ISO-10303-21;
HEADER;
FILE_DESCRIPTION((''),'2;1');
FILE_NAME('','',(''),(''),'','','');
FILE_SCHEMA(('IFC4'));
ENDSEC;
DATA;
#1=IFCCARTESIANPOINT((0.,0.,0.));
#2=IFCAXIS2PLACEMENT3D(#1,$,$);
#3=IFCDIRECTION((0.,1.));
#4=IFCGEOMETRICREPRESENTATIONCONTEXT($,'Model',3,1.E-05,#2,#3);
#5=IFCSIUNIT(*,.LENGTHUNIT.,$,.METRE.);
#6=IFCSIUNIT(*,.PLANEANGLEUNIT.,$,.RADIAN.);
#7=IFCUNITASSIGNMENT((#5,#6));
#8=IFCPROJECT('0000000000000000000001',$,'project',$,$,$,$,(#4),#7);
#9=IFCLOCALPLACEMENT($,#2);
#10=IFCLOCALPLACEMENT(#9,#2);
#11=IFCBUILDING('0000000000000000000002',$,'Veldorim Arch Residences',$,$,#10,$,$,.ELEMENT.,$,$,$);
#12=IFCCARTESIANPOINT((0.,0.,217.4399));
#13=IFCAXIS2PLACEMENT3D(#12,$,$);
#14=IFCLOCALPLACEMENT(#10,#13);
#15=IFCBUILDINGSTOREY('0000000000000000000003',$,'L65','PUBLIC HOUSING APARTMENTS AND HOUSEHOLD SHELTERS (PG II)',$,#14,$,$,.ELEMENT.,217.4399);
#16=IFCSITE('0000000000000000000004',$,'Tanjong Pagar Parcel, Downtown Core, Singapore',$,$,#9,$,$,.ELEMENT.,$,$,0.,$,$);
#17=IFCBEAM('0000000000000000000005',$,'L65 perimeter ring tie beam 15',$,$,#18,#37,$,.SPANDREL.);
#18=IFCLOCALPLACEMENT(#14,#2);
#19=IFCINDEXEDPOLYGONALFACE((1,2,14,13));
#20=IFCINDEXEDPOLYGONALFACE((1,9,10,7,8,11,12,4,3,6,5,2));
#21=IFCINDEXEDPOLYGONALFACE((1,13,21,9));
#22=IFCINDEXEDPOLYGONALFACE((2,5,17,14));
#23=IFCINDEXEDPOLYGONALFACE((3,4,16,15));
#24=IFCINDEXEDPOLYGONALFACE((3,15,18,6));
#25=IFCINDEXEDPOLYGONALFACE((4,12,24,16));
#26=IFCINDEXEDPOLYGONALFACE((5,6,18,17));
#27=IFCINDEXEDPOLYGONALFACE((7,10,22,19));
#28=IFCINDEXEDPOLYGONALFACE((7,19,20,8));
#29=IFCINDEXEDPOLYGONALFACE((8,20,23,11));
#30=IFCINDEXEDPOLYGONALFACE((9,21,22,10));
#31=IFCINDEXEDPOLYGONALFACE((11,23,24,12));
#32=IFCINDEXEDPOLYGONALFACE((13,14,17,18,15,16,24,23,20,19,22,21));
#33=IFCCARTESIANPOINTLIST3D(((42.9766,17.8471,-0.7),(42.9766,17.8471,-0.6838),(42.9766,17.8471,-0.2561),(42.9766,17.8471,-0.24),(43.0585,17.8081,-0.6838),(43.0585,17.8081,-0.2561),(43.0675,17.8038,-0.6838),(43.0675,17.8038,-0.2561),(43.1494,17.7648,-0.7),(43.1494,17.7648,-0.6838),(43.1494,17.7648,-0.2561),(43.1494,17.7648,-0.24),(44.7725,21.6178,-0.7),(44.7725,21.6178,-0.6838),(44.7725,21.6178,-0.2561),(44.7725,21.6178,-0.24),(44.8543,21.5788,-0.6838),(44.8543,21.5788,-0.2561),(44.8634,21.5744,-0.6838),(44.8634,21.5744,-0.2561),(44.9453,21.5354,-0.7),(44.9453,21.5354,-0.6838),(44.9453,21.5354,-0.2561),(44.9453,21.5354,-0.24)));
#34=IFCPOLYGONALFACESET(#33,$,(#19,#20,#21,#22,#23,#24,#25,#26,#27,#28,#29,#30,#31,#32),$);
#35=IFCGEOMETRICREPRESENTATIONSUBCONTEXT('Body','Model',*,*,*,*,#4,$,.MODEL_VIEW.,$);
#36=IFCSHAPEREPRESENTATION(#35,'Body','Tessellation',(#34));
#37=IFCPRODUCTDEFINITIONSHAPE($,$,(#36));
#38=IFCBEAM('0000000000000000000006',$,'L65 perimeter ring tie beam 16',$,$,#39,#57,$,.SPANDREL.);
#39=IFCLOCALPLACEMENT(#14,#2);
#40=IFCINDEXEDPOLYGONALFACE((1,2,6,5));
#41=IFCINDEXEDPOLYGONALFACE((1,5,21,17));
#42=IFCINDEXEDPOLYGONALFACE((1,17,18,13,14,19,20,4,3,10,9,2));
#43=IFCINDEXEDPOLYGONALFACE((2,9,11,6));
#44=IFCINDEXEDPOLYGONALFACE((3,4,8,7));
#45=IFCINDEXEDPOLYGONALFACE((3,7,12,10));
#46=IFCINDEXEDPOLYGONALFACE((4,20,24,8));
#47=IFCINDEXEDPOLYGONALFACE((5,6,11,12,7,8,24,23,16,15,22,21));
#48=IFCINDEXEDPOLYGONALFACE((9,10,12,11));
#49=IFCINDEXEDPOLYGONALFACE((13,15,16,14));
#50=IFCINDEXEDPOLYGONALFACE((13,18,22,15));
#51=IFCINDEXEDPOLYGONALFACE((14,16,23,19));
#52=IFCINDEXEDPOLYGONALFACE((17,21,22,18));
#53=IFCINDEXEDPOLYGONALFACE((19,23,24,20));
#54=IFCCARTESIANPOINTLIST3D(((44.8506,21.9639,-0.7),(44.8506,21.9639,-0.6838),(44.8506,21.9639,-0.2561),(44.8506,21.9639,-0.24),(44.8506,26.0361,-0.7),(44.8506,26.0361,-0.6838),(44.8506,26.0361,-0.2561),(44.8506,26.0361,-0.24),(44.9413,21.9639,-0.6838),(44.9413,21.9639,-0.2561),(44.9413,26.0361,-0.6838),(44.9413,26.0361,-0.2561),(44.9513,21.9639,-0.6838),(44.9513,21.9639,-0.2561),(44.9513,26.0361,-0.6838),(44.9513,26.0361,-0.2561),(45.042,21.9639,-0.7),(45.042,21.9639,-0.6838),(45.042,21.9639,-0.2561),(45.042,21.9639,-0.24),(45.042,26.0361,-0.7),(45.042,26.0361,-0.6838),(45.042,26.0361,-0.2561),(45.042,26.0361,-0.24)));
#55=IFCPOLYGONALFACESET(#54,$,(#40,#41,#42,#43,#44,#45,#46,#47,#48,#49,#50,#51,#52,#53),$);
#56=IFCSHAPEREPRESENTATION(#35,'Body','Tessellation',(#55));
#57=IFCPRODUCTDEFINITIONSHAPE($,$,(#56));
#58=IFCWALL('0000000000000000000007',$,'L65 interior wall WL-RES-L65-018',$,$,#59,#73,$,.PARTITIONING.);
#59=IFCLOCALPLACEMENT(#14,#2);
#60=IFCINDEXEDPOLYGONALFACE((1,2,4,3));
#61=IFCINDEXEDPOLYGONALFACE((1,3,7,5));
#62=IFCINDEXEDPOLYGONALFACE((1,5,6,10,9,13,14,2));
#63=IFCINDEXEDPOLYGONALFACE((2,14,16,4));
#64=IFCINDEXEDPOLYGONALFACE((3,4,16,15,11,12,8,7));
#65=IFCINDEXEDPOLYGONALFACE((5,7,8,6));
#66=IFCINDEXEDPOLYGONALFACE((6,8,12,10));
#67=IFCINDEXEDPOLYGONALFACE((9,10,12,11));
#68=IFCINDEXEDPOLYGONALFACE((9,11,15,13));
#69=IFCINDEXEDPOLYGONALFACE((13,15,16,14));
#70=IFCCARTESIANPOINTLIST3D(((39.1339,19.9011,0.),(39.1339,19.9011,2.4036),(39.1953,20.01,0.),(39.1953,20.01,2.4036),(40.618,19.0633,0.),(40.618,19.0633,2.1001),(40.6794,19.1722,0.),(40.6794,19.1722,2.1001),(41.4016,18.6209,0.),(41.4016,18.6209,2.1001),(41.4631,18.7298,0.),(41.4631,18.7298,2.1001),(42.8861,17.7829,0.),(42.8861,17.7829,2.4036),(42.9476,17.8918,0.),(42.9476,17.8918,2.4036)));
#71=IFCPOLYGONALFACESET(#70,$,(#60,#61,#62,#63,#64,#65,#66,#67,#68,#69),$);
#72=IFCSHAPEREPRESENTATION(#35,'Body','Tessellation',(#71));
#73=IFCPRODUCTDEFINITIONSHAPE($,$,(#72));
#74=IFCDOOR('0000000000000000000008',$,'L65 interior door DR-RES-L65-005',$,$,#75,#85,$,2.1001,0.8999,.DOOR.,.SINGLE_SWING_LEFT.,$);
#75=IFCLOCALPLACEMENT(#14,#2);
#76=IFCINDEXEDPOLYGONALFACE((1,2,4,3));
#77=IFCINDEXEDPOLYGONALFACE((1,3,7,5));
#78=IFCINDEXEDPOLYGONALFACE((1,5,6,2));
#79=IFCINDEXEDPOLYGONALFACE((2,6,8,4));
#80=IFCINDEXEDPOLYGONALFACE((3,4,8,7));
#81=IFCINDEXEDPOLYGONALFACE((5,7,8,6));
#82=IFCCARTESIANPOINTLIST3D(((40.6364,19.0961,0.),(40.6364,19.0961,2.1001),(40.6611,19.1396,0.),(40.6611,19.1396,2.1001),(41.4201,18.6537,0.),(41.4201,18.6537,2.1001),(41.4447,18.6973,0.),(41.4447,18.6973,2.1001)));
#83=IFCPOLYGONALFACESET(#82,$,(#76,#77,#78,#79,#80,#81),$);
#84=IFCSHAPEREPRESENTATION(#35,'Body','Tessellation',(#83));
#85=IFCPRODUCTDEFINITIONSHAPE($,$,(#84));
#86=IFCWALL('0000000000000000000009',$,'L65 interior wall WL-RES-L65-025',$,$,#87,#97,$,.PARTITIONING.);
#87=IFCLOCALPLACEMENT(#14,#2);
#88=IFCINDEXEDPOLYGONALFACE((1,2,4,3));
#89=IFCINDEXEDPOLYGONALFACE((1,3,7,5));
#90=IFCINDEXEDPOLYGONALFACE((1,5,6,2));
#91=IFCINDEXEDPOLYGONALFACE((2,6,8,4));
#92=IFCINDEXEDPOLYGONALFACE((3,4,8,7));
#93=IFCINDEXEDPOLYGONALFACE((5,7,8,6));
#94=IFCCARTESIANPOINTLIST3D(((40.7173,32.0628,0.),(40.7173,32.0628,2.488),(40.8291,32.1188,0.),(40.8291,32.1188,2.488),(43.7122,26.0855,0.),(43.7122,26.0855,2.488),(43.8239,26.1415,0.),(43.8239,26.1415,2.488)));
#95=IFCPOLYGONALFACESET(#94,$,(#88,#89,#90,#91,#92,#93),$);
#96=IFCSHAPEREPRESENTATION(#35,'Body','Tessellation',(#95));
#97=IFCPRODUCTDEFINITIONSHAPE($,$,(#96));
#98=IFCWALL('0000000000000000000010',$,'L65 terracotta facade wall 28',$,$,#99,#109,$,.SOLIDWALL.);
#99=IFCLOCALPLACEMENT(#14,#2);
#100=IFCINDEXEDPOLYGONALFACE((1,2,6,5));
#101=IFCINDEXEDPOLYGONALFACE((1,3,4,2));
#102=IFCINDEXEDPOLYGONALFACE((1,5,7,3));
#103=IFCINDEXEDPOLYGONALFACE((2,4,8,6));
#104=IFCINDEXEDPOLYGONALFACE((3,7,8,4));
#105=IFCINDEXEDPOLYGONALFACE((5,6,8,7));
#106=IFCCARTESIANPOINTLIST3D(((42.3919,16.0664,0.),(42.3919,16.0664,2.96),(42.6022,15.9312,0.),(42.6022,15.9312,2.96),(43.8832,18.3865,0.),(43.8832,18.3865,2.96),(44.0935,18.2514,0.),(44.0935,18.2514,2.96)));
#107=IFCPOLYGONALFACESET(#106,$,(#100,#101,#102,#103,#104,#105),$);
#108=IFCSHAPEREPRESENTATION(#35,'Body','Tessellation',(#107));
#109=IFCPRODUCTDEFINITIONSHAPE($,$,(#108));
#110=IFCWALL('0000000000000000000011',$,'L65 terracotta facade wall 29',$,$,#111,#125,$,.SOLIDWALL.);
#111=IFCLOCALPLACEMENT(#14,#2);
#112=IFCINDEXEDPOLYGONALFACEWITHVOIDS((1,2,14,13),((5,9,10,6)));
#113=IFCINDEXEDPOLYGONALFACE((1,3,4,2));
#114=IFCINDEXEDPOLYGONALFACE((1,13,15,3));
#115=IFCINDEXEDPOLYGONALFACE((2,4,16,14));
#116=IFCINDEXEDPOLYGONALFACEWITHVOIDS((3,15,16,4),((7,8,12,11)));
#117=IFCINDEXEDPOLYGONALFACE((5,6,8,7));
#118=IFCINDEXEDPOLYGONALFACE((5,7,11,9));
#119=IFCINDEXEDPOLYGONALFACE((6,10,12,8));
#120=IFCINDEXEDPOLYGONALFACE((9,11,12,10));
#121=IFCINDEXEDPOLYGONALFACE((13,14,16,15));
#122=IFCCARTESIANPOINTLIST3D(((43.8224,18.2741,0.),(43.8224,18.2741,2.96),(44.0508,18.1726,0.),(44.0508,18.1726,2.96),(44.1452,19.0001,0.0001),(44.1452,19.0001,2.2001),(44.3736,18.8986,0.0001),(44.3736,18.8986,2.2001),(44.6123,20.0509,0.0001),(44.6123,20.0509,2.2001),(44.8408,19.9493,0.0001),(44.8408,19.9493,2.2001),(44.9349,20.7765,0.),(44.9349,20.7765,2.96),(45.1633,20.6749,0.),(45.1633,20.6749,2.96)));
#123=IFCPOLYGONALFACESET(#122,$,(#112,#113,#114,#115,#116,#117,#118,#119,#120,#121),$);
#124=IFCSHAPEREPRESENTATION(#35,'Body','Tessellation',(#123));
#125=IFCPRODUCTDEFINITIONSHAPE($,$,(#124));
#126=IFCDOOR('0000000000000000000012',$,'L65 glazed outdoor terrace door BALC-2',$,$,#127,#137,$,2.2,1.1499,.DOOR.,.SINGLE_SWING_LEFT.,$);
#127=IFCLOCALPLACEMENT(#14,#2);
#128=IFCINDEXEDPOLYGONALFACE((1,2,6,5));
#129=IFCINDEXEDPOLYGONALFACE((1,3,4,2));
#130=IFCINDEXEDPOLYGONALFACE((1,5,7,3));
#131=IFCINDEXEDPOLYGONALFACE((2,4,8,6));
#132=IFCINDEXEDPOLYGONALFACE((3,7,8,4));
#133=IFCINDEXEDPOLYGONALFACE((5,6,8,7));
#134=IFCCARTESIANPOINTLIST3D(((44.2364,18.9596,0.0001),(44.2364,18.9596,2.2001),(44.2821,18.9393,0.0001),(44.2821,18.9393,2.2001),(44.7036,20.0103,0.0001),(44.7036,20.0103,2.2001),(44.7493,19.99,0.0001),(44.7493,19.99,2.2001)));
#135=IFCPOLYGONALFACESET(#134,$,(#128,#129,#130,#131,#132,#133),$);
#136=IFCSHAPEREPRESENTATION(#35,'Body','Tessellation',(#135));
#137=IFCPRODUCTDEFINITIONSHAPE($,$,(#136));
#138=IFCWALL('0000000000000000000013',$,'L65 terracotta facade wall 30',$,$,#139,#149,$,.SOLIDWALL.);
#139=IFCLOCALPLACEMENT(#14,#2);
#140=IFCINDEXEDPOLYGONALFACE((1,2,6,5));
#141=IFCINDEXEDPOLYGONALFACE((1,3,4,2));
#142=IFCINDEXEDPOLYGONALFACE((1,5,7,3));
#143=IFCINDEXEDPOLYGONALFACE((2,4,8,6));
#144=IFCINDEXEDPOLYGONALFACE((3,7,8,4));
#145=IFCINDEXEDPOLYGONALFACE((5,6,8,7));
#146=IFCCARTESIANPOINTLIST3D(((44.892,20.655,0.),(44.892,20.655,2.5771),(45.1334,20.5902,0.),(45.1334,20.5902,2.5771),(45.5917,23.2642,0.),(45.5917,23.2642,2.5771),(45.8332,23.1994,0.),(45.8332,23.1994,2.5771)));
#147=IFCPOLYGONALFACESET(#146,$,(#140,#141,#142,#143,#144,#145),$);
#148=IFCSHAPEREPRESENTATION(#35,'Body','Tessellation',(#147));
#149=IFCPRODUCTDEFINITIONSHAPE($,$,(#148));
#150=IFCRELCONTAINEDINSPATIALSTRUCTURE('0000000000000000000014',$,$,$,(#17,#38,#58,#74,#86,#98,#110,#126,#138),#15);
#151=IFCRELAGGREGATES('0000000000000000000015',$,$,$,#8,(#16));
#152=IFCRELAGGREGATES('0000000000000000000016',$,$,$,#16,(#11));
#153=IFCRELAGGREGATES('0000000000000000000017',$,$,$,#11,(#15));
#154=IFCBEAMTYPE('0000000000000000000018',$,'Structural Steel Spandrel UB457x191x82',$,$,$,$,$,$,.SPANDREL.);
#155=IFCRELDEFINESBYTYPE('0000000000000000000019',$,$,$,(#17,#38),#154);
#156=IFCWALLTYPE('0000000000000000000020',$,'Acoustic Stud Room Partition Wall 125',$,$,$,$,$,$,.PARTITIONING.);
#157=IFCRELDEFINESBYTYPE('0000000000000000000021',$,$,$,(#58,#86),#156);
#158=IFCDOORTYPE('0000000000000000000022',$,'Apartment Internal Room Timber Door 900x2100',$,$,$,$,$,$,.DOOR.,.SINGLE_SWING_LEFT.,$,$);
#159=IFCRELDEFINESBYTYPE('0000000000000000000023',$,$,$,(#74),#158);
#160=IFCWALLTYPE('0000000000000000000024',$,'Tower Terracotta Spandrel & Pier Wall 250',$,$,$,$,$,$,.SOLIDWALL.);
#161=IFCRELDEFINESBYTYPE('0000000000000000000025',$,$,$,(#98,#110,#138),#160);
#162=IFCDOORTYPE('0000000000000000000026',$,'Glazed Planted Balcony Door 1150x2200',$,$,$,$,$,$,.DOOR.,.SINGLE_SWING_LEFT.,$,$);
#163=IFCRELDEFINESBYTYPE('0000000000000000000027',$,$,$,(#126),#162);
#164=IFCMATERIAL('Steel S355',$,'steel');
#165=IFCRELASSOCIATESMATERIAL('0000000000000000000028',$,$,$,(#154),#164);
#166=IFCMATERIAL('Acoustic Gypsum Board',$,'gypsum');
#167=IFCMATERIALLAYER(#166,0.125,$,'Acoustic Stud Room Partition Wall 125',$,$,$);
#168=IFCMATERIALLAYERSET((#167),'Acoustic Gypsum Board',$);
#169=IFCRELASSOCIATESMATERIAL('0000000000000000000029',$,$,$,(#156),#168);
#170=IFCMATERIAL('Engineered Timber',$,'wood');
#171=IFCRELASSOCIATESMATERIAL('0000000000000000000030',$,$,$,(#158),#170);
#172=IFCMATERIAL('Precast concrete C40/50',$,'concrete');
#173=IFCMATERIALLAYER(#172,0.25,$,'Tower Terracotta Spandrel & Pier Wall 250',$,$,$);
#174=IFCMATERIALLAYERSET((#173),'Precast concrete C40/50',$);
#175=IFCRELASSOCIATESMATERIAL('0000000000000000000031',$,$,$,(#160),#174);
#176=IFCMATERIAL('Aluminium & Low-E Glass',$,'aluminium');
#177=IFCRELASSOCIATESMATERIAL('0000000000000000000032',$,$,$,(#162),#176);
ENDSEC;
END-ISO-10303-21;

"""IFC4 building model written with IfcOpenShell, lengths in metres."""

from ifc_helpers import new_model, si_unit, direction, frame, frame_2d, origin, origin_2d, place, context, subcontext, project, spatial, rectangle, i_section, extrude, material, layer, layer_set, material_profile, profile_set, type_object, element, fill, save


model = new_model("IFC4")

# Units and contexts
model_context = context("Model", 3, precision=1e-05, world=origin(), true_north=direction((0.0, 1.0)))
body_context = subcontext(model_context, "Body", "Model", "MODEL_VIEW")
ifc_project = project(units=[si_unit("LENGTHUNIT", "METRE"), si_unit("PLANEANGLEUNIT", "RADIAN")], contexts=[model_context])

# Site, building, storey
site_placement = place(None, origin())
site = spatial("IfcSite", under=ifc_project, at=site_placement, Name="Tanjong Pagar Parcel, Downtown Core, Singapore", CompositionType="ELEMENT", RefElevation=0.0)
building_placement = place(site_placement, origin())
building = spatial("IfcBuilding", under=site, at=building_placement, Name="Veldorim Arch Residences", CompositionType="ELEMENT")
storey_placement = place(building_placement, frame((0.0, 0.0, 217.4399)))
storey = spatial("IfcBuildingStorey", under=building, at=storey_placement, Name="L65", Description="PUBLIC HOUSING APARTMENTS AND HOUSEHOLD SHELTERS (PG II)", CompositionType="ELEMENT", Elevation=217.4399)

# Beams
ifc_material_1 = material(Name="Steel S355", Category="steel")
ifc_material_profile_1 = material_profile(ifc_material_1, i_section(OverallWidth=0.1914, OverallDepth=0.46, WebThickness=0.01, FlangeThickness=0.0161, at=origin_2d()), Name="UB457x191x82")
ifc_profile_set_1 = profile_set([ifc_material_profile_1], Name="Steel S355")
beam_type_1 = type_object("IfcBeamType", Name="Structural Steel Spandrel UB457x191x82", PredefinedType="SPANDREL", material=ifc_profile_set_1)
beam_1_placement = place(storey_placement, frame((43.063, 17.8059, -0.47), z_axis=(0.429993, 0.902832, 0.0), x_axis=(-0.902832, 0.429993, 0.0)))
element("IfcBeam", 1, at=beam_1_placement, inside=storey, type_object=beam_type_1, Name="L65 perimeter ring tie beam 15", PredefinedType="SPANDREL", context=body_context, shape_type="SweptSolid", body=[
    extrude(i_section(OverallWidth=0.1914, OverallDepth=0.46, WebThickness=0.01, FlangeThickness=0.0161, at=origin_2d()), origin(), (0.0, 0.0, 1.0), 4.1765),
])
beam_2_placement = place(storey_placement, frame((44.9463, 21.9639, -0.47), z_axis=(0.0, 1.0, 0.0), x_axis=(-1.0, 0.0, 0.0)))
element("IfcBeam", 2, at=beam_2_placement, inside=storey, type_object=beam_type_1, Name="L65 perimeter ring tie beam 16", PredefinedType="SPANDREL", context=body_context, shape_type="SweptSolid", body=[
    extrude(i_section(OverallWidth=0.1914, OverallDepth=0.46, WebThickness=0.01, FlangeThickness=0.0161, at=origin_2d()), origin(), (0.0, 0.0, 1.0), 4.0723),
])

# Wall, opening, door
ifc_material_2 = material(Name="Acoustic Gypsum Board", Category="gypsum")
ifc_layer_1 = layer(ifc_material_2, 0.125, Name="Acoustic Stud Room Partition Wall 125")
ifc_layer_set_1 = layer_set([ifc_layer_1], Name="Acoustic Gypsum Board")
wall_type_1 = type_object("IfcWallType", Name="Acoustic Stud Room Partition Wall 125", PredefinedType="PARTITIONING", material=ifc_layer_set_1)
wall_1_placement = place(storey_placement, frame((42.9167, 17.8374, 0.0), z_axis=(0.0, 0.0, 1.0), x_axis=(-0.870825, 0.491592, 0.0)))
wall_1 = element("IfcWall", 3, at=wall_1_placement, inside=storey, type_object=wall_type_1, Name="L65 interior wall WL-RES-L65-018", PredefinedType="PARTITIONING", context=body_context, shape_type="SweptSolid", body=[
    extrude(rectangle(XDim=4.3088, YDim=0.125, at=frame_2d((2.1543, 0.0))), origin(), (0.0, 0.0, 1.0), 2.4036),
])
opening_1_placement = place(wall_1_placement, frame((1.7046, 0.0, 0.0)))
opening_1 = element("IfcOpeningElement", 4, at=opening_1_placement, cuts=wall_1, PredefinedType="OPENING", context=body_context, shape_type="SweptSolid", body=[
    extrude(rectangle(XDim=0.8999, YDim=2.1001, at=frame_2d((0.45, 1.05))), frame((0.0, 0.0725, 0.0), z_axis=(0.0, -1.0, 0.0), x_axis=(1.0, 0.0, 0.0)), (0.0, 0.0, 1.0), 0.145),
])
ifc_material_3 = material(Name="Engineered Timber", Category="wood")
door_type_1 = type_object("IfcDoorType", Name="Apartment Internal Room Timber Door 900x2100", OperationType="SINGLE_SWING_LEFT", PredefinedType="DOOR", material=ifc_material_3)
door_1_placement = place(opening_1_placement, origin())
door_1 = element("IfcDoor", 5, at=door_1_placement, inside=storey, type_object=door_type_1, Name="L65 interior door DR-RES-L65-005", OperationType="SINGLE_SWING_LEFT", OverallHeight=2.1001, OverallWidth=0.8999, PredefinedType="DOOR", context=body_context, shape_type="SweptSolid", body=[
    extrude(rectangle(XDim=0.8999, YDim=2.1001, at=frame_2d((0.45, 1.05))), frame((0.0, 0.0249, 0.0), z_axis=(0.0, -1.0, 0.0), x_axis=(1.0, 0.0, 0.0)), (0.0, 0.0, 1.0), 0.05),
])
fill(opening_1, door_1)

# Walls
wall_2_placement = place(storey_placement, frame((43.7681, 26.1135, 0.0), z_axis=(0.0, 0.0, 1.0), x_axis=(-0.447958, 0.894054, 0.0)))
element("IfcWall", 6, at=wall_2_placement, inside=storey, type_object=wall_type_1, Name="L65 interior wall WL-RES-L65-025", PredefinedType="PARTITIONING", context=body_context, shape_type="SweptSolid", body=[
    extrude(rectangle(XDim=6.6855, YDim=0.125, at=frame_2d((3.3428, 0.0))), origin(), (0.0, 0.0, 1.0), 2.488),
])
ifc_material_4 = material(Name="Precast concrete C40/50", Category="concrete")
ifc_layer_2 = layer(ifc_material_4, 0.25, Name="Tower Terracotta Spandrel & Pier Wall 250")
ifc_layer_set_2 = layer_set([ifc_layer_2], Name="Precast concrete C40/50")
wall_type_2 = type_object("IfcWallType", Name="Tower Terracotta Spandrel & Pier Wall 250", PredefinedType="SOLIDWALL", material=ifc_layer_set_2)
wall_3_placement = place(storey_placement, frame((43.9883, 18.3188, 0.0), z_axis=(0.0, 0.0, 1.0), x_axis=(-0.54069, -0.841222, 0.0)))
element("IfcWall", 7, at=wall_3_placement, inside=storey, type_object=wall_type_2, Name="L65 terracotta facade wall 28", PredefinedType="SOLIDWALL", context=body_context, shape_type="SweptSolid", body=[
    extrude(rectangle(XDim=2.7581, YDim=0.25, at=frame_2d((1.3789, 0.0))), origin(), (0.0, 0.0, 1.0), 2.96),
])

# Wall, opening, door
wall_4_placement = place(storey_placement, frame((45.0491, 20.7256, 0.0), z_axis=(0.0, 0.0, 1.0), x_axis=(-0.406246, -0.913764, 0.0)))
wall_4 = element("IfcWall", 8, at=wall_4_placement, inside=storey, type_object=wall_type_2, Name="L65 terracotta facade wall 29", PredefinedType="SOLIDWALL", context=body_context, shape_type="SweptSolid", body=[
    extrude(rectangle(XDim=2.7385, YDim=0.25, at=frame_2d((1.3691, 0.0))), origin(), (0.0, 0.0, 1.0), 2.96),
])
opening_2_placement = place(wall_4_placement, frame((0.7939, 0.0, 0.0)))
opening_2 = element("IfcOpeningElement", 9, at=opening_2_placement, cuts=wall_4, PredefinedType="OPENING", context=body_context, shape_type="SweptSolid", body=[
    extrude(rectangle(XDim=1.1499, YDim=2.2, at=frame_2d((0.575, 1.1001))), frame((0.0, 0.135, 0.0), z_axis=(0.0, -1.0, 0.0), x_axis=(1.0, 0.0, 0.0)), (0.0, 0.0, 1.0), 0.27),
])
ifc_material_5 = material(Name="Aluminium & Low-E Glass", Category="aluminium")
door_type_2 = type_object("IfcDoorType", Name="Glazed Planted Balcony Door 1150x2200", OperationType="SINGLE_SWING_LEFT", PredefinedType="DOOR", material=ifc_material_5)
door_2_placement = place(opening_2_placement, origin())
door_2 = element("IfcDoor", 10, at=door_2_placement, inside=storey, type_object=door_type_2, Name="L65 glazed outdoor terrace door BALC-2", OperationType="SINGLE_SWING_LEFT", OverallHeight=2.2, OverallWidth=1.1499, PredefinedType="DOOR", context=body_context, shape_type="SweptSolid", body=[
    extrude(rectangle(XDim=1.1499, YDim=2.2, at=frame_2d((0.575, 1.1001))), frame((0.0, 0.0249, 0.0), z_axis=(0.0, -1.0, 0.0), x_axis=(1.0, 0.0, 0.0)), (0.0, 0.0, 1.0), 0.05),
])
fill(opening_2, door_2)

# Wall
wall_5_placement = place(storey_placement, frame((45.7124, 23.2317, 0.0), z_axis=(0.0, 0.0, 1.0), x_axis=(-0.259024, -0.965871, 0.0)))
element("IfcWall", 11, at=wall_5_placement, inside=storey, type_object=wall_type_2, Name="L65 terracotta facade wall 30", PredefinedType="SOLIDWALL", context=body_context, shape_type="SweptSolid", body=[
    extrude(rectangle(XDim=2.7014, YDim=0.25, at=frame_2d((1.3506, 0.0))), origin(), (0.0, 0.0, 1.0), 2.5771),
])

save(model, "model.ifc")
